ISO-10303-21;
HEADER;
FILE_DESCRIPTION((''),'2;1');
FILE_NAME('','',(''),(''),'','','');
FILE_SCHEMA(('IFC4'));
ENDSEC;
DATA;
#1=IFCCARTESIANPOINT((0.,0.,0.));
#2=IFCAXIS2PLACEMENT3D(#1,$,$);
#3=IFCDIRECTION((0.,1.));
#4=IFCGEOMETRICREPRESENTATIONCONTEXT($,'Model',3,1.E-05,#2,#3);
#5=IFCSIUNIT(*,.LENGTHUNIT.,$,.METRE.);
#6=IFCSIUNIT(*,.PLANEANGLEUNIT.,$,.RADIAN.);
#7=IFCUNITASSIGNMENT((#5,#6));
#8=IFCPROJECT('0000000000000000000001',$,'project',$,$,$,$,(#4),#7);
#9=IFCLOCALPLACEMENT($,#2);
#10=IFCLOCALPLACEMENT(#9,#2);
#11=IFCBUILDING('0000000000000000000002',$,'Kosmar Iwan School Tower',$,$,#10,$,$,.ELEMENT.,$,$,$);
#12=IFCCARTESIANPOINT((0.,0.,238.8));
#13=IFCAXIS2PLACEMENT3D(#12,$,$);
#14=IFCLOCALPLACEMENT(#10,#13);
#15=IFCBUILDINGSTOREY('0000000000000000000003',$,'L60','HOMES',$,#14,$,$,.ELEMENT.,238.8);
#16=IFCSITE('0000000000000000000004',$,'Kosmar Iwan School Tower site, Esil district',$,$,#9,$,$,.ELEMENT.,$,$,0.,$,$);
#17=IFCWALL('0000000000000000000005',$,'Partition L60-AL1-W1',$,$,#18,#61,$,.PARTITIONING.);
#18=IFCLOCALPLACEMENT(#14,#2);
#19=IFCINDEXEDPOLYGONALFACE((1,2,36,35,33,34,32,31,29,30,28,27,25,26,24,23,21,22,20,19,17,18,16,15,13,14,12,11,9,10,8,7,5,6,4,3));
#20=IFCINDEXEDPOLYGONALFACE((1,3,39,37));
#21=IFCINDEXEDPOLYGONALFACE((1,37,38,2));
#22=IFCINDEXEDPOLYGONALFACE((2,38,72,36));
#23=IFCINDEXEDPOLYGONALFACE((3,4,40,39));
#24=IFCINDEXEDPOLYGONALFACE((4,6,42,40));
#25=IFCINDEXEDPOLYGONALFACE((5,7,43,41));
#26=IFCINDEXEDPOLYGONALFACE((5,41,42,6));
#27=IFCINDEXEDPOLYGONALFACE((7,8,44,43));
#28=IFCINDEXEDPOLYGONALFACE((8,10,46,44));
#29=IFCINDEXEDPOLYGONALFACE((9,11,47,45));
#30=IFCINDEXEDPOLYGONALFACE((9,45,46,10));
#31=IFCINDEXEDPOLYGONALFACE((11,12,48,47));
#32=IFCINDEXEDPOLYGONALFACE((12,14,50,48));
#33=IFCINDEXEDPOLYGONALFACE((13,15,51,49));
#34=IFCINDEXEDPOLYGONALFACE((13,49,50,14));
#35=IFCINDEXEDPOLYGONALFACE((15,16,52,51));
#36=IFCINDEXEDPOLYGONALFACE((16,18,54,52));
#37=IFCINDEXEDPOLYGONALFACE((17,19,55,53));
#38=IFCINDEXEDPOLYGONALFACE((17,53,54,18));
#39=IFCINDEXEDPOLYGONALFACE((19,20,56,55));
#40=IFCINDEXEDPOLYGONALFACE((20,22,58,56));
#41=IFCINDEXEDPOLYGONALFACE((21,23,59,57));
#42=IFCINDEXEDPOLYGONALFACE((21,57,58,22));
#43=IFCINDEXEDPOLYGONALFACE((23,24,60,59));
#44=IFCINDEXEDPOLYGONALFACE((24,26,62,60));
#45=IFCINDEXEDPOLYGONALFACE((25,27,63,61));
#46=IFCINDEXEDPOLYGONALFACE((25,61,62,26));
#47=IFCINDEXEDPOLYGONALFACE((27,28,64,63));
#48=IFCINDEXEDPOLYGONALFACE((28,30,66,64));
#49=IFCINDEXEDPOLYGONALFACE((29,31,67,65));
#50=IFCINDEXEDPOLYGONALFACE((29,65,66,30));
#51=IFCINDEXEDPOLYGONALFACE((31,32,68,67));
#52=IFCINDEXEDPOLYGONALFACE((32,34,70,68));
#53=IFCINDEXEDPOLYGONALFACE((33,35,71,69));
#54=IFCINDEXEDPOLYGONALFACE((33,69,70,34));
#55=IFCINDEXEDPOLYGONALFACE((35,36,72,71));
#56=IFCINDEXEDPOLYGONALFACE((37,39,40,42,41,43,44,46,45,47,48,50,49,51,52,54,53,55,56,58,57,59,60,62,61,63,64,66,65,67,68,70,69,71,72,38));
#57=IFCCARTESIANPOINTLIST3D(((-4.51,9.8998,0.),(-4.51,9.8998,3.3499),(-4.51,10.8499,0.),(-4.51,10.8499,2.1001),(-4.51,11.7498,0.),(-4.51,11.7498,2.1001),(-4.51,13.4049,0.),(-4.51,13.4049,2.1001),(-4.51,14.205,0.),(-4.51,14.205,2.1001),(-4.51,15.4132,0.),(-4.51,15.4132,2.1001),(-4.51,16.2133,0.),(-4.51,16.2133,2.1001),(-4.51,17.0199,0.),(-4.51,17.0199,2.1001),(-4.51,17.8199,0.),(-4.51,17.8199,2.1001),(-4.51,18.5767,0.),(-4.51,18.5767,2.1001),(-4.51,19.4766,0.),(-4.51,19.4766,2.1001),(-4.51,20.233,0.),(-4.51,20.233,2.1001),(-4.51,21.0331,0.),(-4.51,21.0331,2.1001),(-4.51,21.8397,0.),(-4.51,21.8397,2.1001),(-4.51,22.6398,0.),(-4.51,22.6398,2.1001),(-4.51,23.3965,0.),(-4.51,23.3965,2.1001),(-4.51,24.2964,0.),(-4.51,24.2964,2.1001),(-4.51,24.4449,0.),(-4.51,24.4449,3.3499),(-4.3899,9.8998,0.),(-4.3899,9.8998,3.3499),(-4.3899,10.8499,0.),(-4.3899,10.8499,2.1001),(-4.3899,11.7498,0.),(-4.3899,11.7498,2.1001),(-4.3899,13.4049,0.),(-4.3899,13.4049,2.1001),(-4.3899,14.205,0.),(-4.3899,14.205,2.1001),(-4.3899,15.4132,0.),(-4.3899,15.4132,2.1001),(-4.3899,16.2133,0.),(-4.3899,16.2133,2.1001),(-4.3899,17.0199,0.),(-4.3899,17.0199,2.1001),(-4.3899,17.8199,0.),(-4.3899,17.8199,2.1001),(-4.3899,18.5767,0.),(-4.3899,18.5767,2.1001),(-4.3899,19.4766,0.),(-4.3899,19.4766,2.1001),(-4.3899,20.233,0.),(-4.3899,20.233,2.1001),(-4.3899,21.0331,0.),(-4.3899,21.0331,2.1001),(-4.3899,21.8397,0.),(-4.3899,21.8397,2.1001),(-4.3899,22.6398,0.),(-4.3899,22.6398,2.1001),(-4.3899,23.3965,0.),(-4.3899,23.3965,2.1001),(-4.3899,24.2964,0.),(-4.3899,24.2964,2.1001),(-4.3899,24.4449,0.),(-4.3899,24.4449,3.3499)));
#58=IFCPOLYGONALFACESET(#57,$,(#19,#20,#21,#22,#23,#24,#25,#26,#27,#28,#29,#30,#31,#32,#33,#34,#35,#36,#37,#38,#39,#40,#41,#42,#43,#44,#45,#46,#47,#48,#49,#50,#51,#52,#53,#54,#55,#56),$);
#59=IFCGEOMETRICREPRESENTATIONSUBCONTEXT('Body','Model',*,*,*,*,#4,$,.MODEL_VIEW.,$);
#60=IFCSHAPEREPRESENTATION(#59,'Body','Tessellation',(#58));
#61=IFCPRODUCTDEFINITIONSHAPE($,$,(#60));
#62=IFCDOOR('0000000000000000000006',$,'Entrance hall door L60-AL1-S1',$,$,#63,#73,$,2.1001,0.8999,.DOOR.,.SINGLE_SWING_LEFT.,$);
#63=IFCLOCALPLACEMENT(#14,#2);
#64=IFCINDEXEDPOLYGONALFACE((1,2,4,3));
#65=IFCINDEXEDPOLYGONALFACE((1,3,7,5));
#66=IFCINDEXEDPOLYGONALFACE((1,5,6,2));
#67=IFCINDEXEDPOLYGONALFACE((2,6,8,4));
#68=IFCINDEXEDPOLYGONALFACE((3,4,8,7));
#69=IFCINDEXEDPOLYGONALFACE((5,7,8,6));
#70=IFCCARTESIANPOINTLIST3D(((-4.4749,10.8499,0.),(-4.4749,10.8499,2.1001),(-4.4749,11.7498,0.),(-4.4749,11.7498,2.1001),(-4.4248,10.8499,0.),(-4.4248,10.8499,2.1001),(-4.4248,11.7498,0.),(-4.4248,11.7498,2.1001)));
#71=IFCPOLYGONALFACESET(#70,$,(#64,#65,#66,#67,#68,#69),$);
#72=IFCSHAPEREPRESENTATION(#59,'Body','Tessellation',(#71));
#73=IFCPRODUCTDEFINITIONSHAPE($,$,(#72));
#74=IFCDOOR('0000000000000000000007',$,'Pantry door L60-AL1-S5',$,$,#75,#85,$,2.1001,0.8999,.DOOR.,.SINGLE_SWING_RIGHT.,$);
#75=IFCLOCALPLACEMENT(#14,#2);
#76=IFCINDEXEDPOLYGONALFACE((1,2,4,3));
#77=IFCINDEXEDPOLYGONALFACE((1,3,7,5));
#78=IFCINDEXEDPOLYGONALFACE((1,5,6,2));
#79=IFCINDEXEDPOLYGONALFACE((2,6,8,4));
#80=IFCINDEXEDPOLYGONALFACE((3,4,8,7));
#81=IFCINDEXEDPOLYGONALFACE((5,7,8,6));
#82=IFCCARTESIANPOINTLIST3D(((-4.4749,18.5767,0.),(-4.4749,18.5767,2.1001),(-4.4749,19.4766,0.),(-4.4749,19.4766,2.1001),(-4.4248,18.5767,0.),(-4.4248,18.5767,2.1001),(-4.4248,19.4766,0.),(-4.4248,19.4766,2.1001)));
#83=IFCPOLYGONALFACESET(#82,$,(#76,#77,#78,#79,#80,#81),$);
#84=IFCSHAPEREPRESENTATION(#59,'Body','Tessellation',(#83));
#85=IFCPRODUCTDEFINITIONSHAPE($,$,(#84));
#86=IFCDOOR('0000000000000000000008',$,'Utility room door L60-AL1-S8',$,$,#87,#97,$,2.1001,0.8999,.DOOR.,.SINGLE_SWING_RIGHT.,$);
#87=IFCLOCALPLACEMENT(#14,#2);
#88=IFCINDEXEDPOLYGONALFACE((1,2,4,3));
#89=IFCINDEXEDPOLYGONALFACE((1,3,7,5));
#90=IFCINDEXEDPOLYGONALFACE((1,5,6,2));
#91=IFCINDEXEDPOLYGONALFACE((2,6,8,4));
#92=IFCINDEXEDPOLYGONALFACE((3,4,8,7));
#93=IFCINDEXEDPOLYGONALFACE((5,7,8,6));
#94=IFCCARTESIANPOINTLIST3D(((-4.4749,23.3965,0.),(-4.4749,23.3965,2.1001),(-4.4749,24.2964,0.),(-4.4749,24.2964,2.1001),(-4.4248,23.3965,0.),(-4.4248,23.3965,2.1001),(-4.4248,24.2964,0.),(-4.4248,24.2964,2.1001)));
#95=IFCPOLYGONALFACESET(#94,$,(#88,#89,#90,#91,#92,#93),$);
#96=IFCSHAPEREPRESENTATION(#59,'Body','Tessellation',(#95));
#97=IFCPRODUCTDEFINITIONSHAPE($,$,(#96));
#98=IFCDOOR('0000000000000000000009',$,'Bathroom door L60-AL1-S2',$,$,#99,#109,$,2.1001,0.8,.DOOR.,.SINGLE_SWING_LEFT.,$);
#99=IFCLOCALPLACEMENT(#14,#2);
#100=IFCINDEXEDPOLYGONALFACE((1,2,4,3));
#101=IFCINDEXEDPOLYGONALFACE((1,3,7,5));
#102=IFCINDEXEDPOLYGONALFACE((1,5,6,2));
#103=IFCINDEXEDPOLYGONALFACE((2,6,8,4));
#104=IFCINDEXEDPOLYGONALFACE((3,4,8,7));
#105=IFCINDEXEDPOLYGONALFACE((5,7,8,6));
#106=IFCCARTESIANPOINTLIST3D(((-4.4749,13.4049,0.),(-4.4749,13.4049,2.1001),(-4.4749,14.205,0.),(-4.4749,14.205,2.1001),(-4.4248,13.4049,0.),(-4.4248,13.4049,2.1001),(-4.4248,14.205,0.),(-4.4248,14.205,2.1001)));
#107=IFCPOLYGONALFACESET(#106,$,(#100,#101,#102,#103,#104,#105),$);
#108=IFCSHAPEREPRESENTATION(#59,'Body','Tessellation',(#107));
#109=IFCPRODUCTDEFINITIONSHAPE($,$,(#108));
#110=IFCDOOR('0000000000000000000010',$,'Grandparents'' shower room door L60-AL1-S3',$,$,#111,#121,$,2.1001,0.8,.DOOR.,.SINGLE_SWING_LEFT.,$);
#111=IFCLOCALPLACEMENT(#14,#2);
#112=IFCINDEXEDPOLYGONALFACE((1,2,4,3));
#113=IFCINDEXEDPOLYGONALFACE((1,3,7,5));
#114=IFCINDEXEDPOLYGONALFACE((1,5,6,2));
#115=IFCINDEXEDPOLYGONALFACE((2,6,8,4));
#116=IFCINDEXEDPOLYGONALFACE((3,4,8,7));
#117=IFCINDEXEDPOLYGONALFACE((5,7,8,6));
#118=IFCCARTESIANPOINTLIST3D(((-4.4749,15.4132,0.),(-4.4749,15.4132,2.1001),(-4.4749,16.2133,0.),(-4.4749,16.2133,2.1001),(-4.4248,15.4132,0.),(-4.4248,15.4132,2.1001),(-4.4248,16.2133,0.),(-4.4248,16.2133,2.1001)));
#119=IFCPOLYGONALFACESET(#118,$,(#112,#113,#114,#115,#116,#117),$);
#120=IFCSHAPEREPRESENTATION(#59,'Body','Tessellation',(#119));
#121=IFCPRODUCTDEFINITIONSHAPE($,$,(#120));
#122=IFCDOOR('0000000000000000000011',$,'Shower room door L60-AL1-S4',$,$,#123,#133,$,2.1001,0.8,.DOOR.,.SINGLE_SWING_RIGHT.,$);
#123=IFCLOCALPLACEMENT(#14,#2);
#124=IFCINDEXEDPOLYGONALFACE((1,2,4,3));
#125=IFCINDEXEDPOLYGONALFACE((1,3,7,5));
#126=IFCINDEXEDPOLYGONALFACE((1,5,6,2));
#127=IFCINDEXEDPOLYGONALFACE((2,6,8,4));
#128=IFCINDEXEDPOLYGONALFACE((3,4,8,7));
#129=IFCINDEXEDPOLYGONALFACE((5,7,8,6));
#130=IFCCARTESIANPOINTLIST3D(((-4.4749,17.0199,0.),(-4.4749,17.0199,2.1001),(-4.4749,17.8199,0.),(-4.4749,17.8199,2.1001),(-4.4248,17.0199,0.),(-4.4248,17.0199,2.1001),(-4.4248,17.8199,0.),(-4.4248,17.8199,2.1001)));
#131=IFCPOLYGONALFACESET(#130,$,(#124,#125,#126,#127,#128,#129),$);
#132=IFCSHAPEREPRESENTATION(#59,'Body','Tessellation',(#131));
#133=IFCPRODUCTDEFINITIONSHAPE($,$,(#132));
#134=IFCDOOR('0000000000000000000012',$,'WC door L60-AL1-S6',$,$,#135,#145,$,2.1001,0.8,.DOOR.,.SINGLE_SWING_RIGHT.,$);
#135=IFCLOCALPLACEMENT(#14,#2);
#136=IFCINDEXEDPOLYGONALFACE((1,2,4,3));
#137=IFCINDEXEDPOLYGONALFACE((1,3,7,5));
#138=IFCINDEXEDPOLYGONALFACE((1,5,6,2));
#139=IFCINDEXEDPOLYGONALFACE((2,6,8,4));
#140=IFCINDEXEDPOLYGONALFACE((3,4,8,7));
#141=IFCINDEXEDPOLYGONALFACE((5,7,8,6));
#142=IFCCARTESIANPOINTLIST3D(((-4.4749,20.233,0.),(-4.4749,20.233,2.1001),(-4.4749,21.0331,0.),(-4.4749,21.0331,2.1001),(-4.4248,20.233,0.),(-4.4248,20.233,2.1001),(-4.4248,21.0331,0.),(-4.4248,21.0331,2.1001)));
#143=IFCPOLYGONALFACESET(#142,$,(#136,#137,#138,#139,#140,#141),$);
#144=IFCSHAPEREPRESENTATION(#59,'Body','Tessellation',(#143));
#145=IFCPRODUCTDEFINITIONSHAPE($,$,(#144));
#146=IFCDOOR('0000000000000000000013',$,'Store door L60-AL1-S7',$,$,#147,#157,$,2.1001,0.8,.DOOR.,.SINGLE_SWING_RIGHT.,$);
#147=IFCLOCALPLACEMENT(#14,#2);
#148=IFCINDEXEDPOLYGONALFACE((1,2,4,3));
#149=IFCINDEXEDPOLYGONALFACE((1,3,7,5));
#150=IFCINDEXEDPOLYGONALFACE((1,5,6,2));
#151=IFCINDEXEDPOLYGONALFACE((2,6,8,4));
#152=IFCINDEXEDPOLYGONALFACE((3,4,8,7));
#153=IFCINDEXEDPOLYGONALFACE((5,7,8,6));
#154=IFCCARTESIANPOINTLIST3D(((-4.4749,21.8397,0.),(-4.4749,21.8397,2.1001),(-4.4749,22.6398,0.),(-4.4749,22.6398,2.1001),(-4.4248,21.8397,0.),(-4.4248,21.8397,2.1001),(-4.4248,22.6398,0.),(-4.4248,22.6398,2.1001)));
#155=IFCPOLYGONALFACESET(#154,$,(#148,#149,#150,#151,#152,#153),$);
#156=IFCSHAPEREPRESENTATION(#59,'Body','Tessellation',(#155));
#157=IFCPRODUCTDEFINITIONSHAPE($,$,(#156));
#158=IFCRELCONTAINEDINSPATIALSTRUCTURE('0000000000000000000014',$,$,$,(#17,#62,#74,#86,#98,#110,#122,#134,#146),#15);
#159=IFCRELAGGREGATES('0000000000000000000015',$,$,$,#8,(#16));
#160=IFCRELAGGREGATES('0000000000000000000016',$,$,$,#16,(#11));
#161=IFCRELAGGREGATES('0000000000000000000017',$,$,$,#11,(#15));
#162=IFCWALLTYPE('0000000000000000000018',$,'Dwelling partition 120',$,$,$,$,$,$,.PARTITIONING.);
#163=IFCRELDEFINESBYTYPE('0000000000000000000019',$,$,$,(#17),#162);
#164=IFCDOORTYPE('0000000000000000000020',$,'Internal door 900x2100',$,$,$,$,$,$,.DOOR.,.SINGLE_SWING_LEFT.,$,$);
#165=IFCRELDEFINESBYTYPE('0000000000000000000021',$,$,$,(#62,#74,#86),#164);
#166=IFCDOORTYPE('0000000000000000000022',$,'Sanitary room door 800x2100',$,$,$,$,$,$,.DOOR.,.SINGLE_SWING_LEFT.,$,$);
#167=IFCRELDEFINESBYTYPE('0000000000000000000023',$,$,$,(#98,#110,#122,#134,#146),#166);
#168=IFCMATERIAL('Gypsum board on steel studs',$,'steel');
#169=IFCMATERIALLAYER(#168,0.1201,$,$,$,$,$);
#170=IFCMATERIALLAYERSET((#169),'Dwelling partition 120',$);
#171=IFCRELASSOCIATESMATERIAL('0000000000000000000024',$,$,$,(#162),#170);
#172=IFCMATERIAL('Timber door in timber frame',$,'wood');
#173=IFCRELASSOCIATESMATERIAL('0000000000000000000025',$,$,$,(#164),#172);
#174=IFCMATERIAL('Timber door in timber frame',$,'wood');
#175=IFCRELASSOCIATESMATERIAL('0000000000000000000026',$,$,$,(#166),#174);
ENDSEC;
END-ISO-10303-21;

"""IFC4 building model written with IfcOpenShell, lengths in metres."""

from ifc_helpers import new_model, si_unit, direction, frame, frame_2d, origin, place, context, subcontext, project, spatial, rectangle, extrude, material, layer, layer_set, type_object, element, fill, save


model = new_model("IFC4")

# Units and contexts
model_context = context("Model", 3, precision=1e-05, world=origin(), true_north=direction((0.0, 1.0)))
body_context = subcontext(model_context, "Body", "Model", "MODEL_VIEW")
ifc_project = project(units=[si_unit("LENGTHUNIT", "METRE"), si_unit("PLANEANGLEUNIT", "RADIAN")], contexts=[model_context])

# Site, building, storey
site_placement = place(None, origin())
site = spatial("IfcSite", under=ifc_project, at=site_placement, Name="Kosmar Iwan School Tower site, Esil district", CompositionType="ELEMENT", RefElevation=0.0)
building_placement = place(site_placement, origin())
building = spatial("IfcBuilding", under=site, at=building_placement, Name="Kosmar Iwan School Tower", CompositionType="ELEMENT")
storey_placement = place(building_placement, frame((0.0, 0.0, 238.8)))
storey = spatial("IfcBuildingStorey", under=building, at=storey_placement, Name="L60", Description="HOMES", CompositionType="ELEMENT", Elevation=238.8)

# Wall, openings, doors
ifc_material_1 = material(Name="Gypsum board on steel studs", Category="steel")
ifc_layer_1 = layer(ifc_material_1, 0.1201)
ifc_layer_set_1 = layer_set([ifc_layer_1], Name="Dwelling partition 120")
wall_type_1 = type_object("IfcWallType", Name="Dwelling partition 120", PredefinedType="PARTITIONING", material=ifc_layer_set_1)
wall_1_placement = place(storey_placement, frame((-4.45, 9.8999, 0.0), z_axis=(0.0, 0.0, 1.0), x_axis=(0.0, 1.0, 0.0)))
wall_1 = element("IfcWall", 1, at=wall_1_placement, inside=storey, type_object=wall_type_1, Name="Partition L60-AL1-W1", PredefinedType="PARTITIONING", context=body_context, shape_type="SweptSolid", body=[
    extrude(rectangle(XDim=14.5452, YDim=0.1201, at=frame_2d((7.2725, 0.0))), origin(), (0.0, 0.0, 1.0), 3.3499),
])
opening_1_placement = place(wall_1_placement, frame((0.95, 0.0, 0.0)))
opening_1 = element("IfcOpeningElement", 2, at=opening_1_placement, cuts=wall_1, PredefinedType="OPENING", context=body_context, shape_type="SweptSolid", body=[
    extrude(rectangle(XDim=0.8999, YDim=2.1001, at=frame_2d((0.45, 1.05))), frame((0.0, 0.072, 0.0), z_axis=(0.0, -1.0, 0.0), x_axis=(1.0, 0.0, 0.0)), (0.0, 0.0, 1.0), 0.144),
])
opening_2_placement = place(wall_1_placement, frame((3.5051, 0.0, 0.0)))
opening_2 = element("IfcOpeningElement", 3, at=opening_2_placement, cuts=wall_1, PredefinedType="OPENING", context=body_context, shape_type="SweptSolid", body=[
    extrude(rectangle(XDim=0.8, YDim=2.1001, at=frame_2d((0.3999, 1.05))), frame((0.0, 0.072, 0.0), z_axis=(0.0, -1.0, 0.0), x_axis=(1.0, 0.0, 0.0)), (0.0, 0.0, 1.0), 0.144),
])
opening_3_placement = place(wall_1_placement, frame((5.5134, 0.0, 0.0)))
opening_3 = element("IfcOpeningElement", 4, at=opening_3_placement, cuts=wall_1, PredefinedType="OPENING", context=body_context, shape_type="SweptSolid", body=[
    extrude(rectangle(XDim=0.8, YDim=2.1001, at=frame_2d((0.3999, 1.05))), frame((0.0, 0.072, 0.0), z_axis=(0.0, -1.0, 0.0), x_axis=(1.0, 0.0, 0.0)), (0.0, 0.0, 1.0), 0.144),
])
opening_4_placement = place(wall_1_placement, frame((7.1201, 0.0, 0.0)))
opening_4 = element("IfcOpeningElement", 5, at=opening_4_placement, cuts=wall_1, PredefinedType="OPENING", context=body_context, shape_type="SweptSolid", body=[
    extrude(rectangle(XDim=0.8, YDim=2.1001, at=frame_2d((0.3999, 1.05))), frame((0.0, 0.072, 0.0), z_axis=(0.0, -1.0, 0.0), x_axis=(1.0, 0.0, 0.0)), (0.0, 0.0, 1.0), 0.144),
])
opening_5_placement = place(wall_1_placement, frame((8.6768, 0.0, 0.0)))
opening_5 = element("IfcOpeningElement", 6, at=opening_5_placement, cuts=wall_1, PredefinedType="OPENING", context=body_context, shape_type="SweptSolid", body=[
    extrude(rectangle(XDim=0.8999, YDim=2.1001, at=frame_2d((0.45, 1.05))), frame((0.0, 0.072, 0.0), z_axis=(0.0, -1.0, 0.0), x_axis=(1.0, 0.0, 0.0)), (0.0, 0.0, 1.0), 0.144),
])
opening_6_placement = place(wall_1_placement, frame((10.3333, 0.0, 0.0)))
opening_6 = element("IfcOpeningElement", 7, at=opening_6_placement, cuts=wall_1, PredefinedType="OPENING", context=body_context, shape_type="SweptSolid", body=[
    extrude(rectangle(XDim=0.8, YDim=2.1001, at=frame_2d((0.3999, 1.05))), frame((0.0, 0.072, 0.0), z_axis=(0.0, -1.0, 0.0), x_axis=(1.0, 0.0, 0.0)), (0.0, 0.0, 1.0), 0.144),
])
opening_7_placement = place(wall_1_placement, frame((11.9399, 0.0, 0.0)))
opening_7 = element("IfcOpeningElement", 8, at=opening_7_placement, cuts=wall_1, PredefinedType="OPENING", context=body_context, shape_type="SweptSolid", body=[
    extrude(rectangle(XDim=0.8, YDim=2.1001, at=frame_2d((0.3999, 1.05))), frame((0.0, 0.072, 0.0), z_axis=(0.0, -1.0, 0.0), x_axis=(1.0, 0.0, 0.0)), (0.0, 0.0, 1.0), 0.144),
])
opening_8_placement = place(wall_1_placement, frame((13.4966, 0.0, 0.0)))
opening_8 = element("IfcOpeningElement", 9, at=opening_8_placement, cuts=wall_1, PredefinedType="OPENING", context=body_context, shape_type="SweptSolid", body=[
    extrude(rectangle(XDim=0.8999, YDim=2.1001, at=frame_2d((0.45, 1.05))), frame((0.0, 0.072, 0.0), z_axis=(0.0, -1.0, 0.0), x_axis=(1.0, 0.0, 0.0)), (0.0, 0.0, 1.0), 0.144),
])
ifc_material_2 = material(Name="Timber door in timber frame", Category="wood")
door_type_1 = type_object("IfcDoorType", Name="Internal door 900x2100", OperationType="SINGLE_SWING_LEFT", PredefinedType="DOOR", material=ifc_material_2)
door_1_placement = place(opening_1_placement, origin())
door_1 = element("IfcDoor", 10, at=door_1_placement, inside=storey, type_object=door_type_1, Name="Entrance hall door L60-AL1-S1", OperationType="SINGLE_SWING_LEFT", OverallHeight=2.1001, OverallWidth=0.8999, PredefinedType="DOOR", context=body_context, shape_type="SweptSolid", body=[
    extrude(rectangle(XDim=0.8999, YDim=2.1001, at=frame_2d((0.45, 1.05))), frame((0.0, 0.0249, 0.0), z_axis=(0.0, -1.0, 0.0), x_axis=(1.0, 0.0, 0.0)), (0.0, 0.0, 1.0), 0.05),
])
fill(opening_1, door_1)
door_2_placement = place(opening_5_placement, origin())
door_2 = element("IfcDoor", 11, at=door_2_placement, inside=storey, type_object=door_type_1, Name="Pantry door L60-AL1-S5", OperationType="SINGLE_SWING_RIGHT", OverallHeight=2.1001, OverallWidth=0.8999, PredefinedType="DOOR", context=body_context, shape_type="SweptSolid", body=[
    extrude(rectangle(XDim=0.8999, YDim=2.1001, at=frame_2d((0.45, 1.05))), frame((0.0, 0.0249, 0.0), z_axis=(0.0, -1.0, 0.0), x_axis=(1.0, 0.0, 0.0)), (0.0, 0.0, 1.0), 0.05),
])
fill(opening_5, door_2)
door_3_placement = place(opening_8_placement, origin())
door_3 = element("IfcDoor", 12, at=door_3_placement, inside=storey, type_object=door_type_1, Name="Utility room door L60-AL1-S8", OperationType="SINGLE_SWING_RIGHT", OverallHeight=2.1001, OverallWidth=0.8999, PredefinedType="DOOR", context=body_context, shape_type="SweptSolid", body=[
    extrude(rectangle(XDim=0.8999, YDim=2.1001, at=frame_2d((0.45, 1.05))), frame((0.0, 0.0249, 0.0), z_axis=(0.0, -1.0, 0.0), x_axis=(1.0, 0.0, 0.0)), (0.0, 0.0, 1.0), 0.05),
])
fill(opening_8, door_3)
ifc_material_3 = material(Name="Timber door in timber frame", Category="wood")
door_type_2 = type_object("IfcDoorType", Name="Sanitary room door 800x2100", OperationType="SINGLE_SWING_LEFT", PredefinedType="DOOR", material=ifc_material_3)
door_4_placement = place(opening_2_placement, origin())
door_4 = element("IfcDoor", 13, at=door_4_placement, inside=storey, type_object=door_type_2, Name="Bathroom door L60-AL1-S2", OperationType="SINGLE_SWING_LEFT", OverallHeight=2.1001, OverallWidth=0.8, PredefinedType="DOOR", context=body_context, shape_type="SweptSolid", body=[
    extrude(rectangle(XDim=0.8, YDim=2.1001, at=frame_2d((0.3999, 1.05))), frame((0.0, 0.0249, 0.0), z_axis=(0.0, -1.0, 0.0), x_axis=(1.0, 0.0, 0.0)), (0.0, 0.0, 1.0), 0.05),
])
fill(opening_2, door_4)
door_5_placement = place(opening_3_placement, origin())
door_5 = element("IfcDoor", 14, at=door_5_placement, inside=storey, type_object=door_type_2, Name="Grandparents' shower room door L60-AL1-S3", OperationType="SINGLE_SWING_LEFT", OverallHeight=2.1001, OverallWidth=0.8, PredefinedType="DOOR", context=body_context, shape_type="SweptSolid", body=[
    extrude(rectangle(XDim=0.8, YDim=2.1001, at=frame_2d((0.3999, 1.05))), frame((0.0, 0.0249, 0.0), z_axis=(0.0, -1.0, 0.0), x_axis=(1.0, 0.0, 0.0)), (0.0, 0.0, 1.0), 0.05),
])
fill(opening_3, door_5)
door_6_placement = place(opening_4_placement, origin())
door_6 = element("IfcDoor", 15, at=door_6_placement, inside=storey, type_object=door_type_2, Name="Shower room door L60-AL1-S4", OperationType="SINGLE_SWING_RIGHT", OverallHeight=2.1001, OverallWidth=0.8, PredefinedType="DOOR", context=body_context, shape_type="SweptSolid", body=[
    extrude(rectangle(XDim=0.8, YDim=2.1001, at=frame_2d((0.3999, 1.05))), frame((0.0, 0.0249, 0.0), z_axis=(0.0, -1.0, 0.0), x_axis=(1.0, 0.0, 0.0)), (0.0, 0.0, 1.0), 0.05),
])
fill(opening_4, door_6)
door_7_placement = place(opening_6_placement, origin())
door_7 = element("IfcDoor", 16, at=door_7_placement, inside=storey, type_object=door_type_2, Name="WC door L60-AL1-S6", OperationType="SINGLE_SWING_RIGHT", OverallHeight=2.1001, OverallWidth=0.8, PredefinedType="DOOR", context=body_context, shape_type="SweptSolid", body=[
    extrude(rectangle(XDim=0.8, YDim=2.1001, at=frame_2d((0.3999, 1.05))), frame((0.0, 0.0249, 0.0), z_axis=(0.0, -1.0, 0.0), x_axis=(1.0, 0.0, 0.0)), (0.0, 0.0, 1.0), 0.05),
])
fill(opening_6, door_7)
door_8_placement = place(opening_7_placement, origin())
door_8 = element("IfcDoor", 17, at=door_8_placement, inside=storey, type_object=door_type_2, Name="Store door L60-AL1-S7", OperationType="SINGLE_SWING_RIGHT", OverallHeight=2.1001, OverallWidth=0.8, PredefinedType="DOOR", context=body_context, shape_type="SweptSolid", body=[
    extrude(rectangle(XDim=0.8, YDim=2.1001, at=frame_2d((0.3999, 1.05))), frame((0.0, 0.0249, 0.0), z_axis=(0.0, -1.0, 0.0), x_axis=(1.0, 0.0, 0.0)), (0.0, 0.0, 1.0), 0.05),
])
fill(opening_7, door_8)

save(model, "model.ifc")
